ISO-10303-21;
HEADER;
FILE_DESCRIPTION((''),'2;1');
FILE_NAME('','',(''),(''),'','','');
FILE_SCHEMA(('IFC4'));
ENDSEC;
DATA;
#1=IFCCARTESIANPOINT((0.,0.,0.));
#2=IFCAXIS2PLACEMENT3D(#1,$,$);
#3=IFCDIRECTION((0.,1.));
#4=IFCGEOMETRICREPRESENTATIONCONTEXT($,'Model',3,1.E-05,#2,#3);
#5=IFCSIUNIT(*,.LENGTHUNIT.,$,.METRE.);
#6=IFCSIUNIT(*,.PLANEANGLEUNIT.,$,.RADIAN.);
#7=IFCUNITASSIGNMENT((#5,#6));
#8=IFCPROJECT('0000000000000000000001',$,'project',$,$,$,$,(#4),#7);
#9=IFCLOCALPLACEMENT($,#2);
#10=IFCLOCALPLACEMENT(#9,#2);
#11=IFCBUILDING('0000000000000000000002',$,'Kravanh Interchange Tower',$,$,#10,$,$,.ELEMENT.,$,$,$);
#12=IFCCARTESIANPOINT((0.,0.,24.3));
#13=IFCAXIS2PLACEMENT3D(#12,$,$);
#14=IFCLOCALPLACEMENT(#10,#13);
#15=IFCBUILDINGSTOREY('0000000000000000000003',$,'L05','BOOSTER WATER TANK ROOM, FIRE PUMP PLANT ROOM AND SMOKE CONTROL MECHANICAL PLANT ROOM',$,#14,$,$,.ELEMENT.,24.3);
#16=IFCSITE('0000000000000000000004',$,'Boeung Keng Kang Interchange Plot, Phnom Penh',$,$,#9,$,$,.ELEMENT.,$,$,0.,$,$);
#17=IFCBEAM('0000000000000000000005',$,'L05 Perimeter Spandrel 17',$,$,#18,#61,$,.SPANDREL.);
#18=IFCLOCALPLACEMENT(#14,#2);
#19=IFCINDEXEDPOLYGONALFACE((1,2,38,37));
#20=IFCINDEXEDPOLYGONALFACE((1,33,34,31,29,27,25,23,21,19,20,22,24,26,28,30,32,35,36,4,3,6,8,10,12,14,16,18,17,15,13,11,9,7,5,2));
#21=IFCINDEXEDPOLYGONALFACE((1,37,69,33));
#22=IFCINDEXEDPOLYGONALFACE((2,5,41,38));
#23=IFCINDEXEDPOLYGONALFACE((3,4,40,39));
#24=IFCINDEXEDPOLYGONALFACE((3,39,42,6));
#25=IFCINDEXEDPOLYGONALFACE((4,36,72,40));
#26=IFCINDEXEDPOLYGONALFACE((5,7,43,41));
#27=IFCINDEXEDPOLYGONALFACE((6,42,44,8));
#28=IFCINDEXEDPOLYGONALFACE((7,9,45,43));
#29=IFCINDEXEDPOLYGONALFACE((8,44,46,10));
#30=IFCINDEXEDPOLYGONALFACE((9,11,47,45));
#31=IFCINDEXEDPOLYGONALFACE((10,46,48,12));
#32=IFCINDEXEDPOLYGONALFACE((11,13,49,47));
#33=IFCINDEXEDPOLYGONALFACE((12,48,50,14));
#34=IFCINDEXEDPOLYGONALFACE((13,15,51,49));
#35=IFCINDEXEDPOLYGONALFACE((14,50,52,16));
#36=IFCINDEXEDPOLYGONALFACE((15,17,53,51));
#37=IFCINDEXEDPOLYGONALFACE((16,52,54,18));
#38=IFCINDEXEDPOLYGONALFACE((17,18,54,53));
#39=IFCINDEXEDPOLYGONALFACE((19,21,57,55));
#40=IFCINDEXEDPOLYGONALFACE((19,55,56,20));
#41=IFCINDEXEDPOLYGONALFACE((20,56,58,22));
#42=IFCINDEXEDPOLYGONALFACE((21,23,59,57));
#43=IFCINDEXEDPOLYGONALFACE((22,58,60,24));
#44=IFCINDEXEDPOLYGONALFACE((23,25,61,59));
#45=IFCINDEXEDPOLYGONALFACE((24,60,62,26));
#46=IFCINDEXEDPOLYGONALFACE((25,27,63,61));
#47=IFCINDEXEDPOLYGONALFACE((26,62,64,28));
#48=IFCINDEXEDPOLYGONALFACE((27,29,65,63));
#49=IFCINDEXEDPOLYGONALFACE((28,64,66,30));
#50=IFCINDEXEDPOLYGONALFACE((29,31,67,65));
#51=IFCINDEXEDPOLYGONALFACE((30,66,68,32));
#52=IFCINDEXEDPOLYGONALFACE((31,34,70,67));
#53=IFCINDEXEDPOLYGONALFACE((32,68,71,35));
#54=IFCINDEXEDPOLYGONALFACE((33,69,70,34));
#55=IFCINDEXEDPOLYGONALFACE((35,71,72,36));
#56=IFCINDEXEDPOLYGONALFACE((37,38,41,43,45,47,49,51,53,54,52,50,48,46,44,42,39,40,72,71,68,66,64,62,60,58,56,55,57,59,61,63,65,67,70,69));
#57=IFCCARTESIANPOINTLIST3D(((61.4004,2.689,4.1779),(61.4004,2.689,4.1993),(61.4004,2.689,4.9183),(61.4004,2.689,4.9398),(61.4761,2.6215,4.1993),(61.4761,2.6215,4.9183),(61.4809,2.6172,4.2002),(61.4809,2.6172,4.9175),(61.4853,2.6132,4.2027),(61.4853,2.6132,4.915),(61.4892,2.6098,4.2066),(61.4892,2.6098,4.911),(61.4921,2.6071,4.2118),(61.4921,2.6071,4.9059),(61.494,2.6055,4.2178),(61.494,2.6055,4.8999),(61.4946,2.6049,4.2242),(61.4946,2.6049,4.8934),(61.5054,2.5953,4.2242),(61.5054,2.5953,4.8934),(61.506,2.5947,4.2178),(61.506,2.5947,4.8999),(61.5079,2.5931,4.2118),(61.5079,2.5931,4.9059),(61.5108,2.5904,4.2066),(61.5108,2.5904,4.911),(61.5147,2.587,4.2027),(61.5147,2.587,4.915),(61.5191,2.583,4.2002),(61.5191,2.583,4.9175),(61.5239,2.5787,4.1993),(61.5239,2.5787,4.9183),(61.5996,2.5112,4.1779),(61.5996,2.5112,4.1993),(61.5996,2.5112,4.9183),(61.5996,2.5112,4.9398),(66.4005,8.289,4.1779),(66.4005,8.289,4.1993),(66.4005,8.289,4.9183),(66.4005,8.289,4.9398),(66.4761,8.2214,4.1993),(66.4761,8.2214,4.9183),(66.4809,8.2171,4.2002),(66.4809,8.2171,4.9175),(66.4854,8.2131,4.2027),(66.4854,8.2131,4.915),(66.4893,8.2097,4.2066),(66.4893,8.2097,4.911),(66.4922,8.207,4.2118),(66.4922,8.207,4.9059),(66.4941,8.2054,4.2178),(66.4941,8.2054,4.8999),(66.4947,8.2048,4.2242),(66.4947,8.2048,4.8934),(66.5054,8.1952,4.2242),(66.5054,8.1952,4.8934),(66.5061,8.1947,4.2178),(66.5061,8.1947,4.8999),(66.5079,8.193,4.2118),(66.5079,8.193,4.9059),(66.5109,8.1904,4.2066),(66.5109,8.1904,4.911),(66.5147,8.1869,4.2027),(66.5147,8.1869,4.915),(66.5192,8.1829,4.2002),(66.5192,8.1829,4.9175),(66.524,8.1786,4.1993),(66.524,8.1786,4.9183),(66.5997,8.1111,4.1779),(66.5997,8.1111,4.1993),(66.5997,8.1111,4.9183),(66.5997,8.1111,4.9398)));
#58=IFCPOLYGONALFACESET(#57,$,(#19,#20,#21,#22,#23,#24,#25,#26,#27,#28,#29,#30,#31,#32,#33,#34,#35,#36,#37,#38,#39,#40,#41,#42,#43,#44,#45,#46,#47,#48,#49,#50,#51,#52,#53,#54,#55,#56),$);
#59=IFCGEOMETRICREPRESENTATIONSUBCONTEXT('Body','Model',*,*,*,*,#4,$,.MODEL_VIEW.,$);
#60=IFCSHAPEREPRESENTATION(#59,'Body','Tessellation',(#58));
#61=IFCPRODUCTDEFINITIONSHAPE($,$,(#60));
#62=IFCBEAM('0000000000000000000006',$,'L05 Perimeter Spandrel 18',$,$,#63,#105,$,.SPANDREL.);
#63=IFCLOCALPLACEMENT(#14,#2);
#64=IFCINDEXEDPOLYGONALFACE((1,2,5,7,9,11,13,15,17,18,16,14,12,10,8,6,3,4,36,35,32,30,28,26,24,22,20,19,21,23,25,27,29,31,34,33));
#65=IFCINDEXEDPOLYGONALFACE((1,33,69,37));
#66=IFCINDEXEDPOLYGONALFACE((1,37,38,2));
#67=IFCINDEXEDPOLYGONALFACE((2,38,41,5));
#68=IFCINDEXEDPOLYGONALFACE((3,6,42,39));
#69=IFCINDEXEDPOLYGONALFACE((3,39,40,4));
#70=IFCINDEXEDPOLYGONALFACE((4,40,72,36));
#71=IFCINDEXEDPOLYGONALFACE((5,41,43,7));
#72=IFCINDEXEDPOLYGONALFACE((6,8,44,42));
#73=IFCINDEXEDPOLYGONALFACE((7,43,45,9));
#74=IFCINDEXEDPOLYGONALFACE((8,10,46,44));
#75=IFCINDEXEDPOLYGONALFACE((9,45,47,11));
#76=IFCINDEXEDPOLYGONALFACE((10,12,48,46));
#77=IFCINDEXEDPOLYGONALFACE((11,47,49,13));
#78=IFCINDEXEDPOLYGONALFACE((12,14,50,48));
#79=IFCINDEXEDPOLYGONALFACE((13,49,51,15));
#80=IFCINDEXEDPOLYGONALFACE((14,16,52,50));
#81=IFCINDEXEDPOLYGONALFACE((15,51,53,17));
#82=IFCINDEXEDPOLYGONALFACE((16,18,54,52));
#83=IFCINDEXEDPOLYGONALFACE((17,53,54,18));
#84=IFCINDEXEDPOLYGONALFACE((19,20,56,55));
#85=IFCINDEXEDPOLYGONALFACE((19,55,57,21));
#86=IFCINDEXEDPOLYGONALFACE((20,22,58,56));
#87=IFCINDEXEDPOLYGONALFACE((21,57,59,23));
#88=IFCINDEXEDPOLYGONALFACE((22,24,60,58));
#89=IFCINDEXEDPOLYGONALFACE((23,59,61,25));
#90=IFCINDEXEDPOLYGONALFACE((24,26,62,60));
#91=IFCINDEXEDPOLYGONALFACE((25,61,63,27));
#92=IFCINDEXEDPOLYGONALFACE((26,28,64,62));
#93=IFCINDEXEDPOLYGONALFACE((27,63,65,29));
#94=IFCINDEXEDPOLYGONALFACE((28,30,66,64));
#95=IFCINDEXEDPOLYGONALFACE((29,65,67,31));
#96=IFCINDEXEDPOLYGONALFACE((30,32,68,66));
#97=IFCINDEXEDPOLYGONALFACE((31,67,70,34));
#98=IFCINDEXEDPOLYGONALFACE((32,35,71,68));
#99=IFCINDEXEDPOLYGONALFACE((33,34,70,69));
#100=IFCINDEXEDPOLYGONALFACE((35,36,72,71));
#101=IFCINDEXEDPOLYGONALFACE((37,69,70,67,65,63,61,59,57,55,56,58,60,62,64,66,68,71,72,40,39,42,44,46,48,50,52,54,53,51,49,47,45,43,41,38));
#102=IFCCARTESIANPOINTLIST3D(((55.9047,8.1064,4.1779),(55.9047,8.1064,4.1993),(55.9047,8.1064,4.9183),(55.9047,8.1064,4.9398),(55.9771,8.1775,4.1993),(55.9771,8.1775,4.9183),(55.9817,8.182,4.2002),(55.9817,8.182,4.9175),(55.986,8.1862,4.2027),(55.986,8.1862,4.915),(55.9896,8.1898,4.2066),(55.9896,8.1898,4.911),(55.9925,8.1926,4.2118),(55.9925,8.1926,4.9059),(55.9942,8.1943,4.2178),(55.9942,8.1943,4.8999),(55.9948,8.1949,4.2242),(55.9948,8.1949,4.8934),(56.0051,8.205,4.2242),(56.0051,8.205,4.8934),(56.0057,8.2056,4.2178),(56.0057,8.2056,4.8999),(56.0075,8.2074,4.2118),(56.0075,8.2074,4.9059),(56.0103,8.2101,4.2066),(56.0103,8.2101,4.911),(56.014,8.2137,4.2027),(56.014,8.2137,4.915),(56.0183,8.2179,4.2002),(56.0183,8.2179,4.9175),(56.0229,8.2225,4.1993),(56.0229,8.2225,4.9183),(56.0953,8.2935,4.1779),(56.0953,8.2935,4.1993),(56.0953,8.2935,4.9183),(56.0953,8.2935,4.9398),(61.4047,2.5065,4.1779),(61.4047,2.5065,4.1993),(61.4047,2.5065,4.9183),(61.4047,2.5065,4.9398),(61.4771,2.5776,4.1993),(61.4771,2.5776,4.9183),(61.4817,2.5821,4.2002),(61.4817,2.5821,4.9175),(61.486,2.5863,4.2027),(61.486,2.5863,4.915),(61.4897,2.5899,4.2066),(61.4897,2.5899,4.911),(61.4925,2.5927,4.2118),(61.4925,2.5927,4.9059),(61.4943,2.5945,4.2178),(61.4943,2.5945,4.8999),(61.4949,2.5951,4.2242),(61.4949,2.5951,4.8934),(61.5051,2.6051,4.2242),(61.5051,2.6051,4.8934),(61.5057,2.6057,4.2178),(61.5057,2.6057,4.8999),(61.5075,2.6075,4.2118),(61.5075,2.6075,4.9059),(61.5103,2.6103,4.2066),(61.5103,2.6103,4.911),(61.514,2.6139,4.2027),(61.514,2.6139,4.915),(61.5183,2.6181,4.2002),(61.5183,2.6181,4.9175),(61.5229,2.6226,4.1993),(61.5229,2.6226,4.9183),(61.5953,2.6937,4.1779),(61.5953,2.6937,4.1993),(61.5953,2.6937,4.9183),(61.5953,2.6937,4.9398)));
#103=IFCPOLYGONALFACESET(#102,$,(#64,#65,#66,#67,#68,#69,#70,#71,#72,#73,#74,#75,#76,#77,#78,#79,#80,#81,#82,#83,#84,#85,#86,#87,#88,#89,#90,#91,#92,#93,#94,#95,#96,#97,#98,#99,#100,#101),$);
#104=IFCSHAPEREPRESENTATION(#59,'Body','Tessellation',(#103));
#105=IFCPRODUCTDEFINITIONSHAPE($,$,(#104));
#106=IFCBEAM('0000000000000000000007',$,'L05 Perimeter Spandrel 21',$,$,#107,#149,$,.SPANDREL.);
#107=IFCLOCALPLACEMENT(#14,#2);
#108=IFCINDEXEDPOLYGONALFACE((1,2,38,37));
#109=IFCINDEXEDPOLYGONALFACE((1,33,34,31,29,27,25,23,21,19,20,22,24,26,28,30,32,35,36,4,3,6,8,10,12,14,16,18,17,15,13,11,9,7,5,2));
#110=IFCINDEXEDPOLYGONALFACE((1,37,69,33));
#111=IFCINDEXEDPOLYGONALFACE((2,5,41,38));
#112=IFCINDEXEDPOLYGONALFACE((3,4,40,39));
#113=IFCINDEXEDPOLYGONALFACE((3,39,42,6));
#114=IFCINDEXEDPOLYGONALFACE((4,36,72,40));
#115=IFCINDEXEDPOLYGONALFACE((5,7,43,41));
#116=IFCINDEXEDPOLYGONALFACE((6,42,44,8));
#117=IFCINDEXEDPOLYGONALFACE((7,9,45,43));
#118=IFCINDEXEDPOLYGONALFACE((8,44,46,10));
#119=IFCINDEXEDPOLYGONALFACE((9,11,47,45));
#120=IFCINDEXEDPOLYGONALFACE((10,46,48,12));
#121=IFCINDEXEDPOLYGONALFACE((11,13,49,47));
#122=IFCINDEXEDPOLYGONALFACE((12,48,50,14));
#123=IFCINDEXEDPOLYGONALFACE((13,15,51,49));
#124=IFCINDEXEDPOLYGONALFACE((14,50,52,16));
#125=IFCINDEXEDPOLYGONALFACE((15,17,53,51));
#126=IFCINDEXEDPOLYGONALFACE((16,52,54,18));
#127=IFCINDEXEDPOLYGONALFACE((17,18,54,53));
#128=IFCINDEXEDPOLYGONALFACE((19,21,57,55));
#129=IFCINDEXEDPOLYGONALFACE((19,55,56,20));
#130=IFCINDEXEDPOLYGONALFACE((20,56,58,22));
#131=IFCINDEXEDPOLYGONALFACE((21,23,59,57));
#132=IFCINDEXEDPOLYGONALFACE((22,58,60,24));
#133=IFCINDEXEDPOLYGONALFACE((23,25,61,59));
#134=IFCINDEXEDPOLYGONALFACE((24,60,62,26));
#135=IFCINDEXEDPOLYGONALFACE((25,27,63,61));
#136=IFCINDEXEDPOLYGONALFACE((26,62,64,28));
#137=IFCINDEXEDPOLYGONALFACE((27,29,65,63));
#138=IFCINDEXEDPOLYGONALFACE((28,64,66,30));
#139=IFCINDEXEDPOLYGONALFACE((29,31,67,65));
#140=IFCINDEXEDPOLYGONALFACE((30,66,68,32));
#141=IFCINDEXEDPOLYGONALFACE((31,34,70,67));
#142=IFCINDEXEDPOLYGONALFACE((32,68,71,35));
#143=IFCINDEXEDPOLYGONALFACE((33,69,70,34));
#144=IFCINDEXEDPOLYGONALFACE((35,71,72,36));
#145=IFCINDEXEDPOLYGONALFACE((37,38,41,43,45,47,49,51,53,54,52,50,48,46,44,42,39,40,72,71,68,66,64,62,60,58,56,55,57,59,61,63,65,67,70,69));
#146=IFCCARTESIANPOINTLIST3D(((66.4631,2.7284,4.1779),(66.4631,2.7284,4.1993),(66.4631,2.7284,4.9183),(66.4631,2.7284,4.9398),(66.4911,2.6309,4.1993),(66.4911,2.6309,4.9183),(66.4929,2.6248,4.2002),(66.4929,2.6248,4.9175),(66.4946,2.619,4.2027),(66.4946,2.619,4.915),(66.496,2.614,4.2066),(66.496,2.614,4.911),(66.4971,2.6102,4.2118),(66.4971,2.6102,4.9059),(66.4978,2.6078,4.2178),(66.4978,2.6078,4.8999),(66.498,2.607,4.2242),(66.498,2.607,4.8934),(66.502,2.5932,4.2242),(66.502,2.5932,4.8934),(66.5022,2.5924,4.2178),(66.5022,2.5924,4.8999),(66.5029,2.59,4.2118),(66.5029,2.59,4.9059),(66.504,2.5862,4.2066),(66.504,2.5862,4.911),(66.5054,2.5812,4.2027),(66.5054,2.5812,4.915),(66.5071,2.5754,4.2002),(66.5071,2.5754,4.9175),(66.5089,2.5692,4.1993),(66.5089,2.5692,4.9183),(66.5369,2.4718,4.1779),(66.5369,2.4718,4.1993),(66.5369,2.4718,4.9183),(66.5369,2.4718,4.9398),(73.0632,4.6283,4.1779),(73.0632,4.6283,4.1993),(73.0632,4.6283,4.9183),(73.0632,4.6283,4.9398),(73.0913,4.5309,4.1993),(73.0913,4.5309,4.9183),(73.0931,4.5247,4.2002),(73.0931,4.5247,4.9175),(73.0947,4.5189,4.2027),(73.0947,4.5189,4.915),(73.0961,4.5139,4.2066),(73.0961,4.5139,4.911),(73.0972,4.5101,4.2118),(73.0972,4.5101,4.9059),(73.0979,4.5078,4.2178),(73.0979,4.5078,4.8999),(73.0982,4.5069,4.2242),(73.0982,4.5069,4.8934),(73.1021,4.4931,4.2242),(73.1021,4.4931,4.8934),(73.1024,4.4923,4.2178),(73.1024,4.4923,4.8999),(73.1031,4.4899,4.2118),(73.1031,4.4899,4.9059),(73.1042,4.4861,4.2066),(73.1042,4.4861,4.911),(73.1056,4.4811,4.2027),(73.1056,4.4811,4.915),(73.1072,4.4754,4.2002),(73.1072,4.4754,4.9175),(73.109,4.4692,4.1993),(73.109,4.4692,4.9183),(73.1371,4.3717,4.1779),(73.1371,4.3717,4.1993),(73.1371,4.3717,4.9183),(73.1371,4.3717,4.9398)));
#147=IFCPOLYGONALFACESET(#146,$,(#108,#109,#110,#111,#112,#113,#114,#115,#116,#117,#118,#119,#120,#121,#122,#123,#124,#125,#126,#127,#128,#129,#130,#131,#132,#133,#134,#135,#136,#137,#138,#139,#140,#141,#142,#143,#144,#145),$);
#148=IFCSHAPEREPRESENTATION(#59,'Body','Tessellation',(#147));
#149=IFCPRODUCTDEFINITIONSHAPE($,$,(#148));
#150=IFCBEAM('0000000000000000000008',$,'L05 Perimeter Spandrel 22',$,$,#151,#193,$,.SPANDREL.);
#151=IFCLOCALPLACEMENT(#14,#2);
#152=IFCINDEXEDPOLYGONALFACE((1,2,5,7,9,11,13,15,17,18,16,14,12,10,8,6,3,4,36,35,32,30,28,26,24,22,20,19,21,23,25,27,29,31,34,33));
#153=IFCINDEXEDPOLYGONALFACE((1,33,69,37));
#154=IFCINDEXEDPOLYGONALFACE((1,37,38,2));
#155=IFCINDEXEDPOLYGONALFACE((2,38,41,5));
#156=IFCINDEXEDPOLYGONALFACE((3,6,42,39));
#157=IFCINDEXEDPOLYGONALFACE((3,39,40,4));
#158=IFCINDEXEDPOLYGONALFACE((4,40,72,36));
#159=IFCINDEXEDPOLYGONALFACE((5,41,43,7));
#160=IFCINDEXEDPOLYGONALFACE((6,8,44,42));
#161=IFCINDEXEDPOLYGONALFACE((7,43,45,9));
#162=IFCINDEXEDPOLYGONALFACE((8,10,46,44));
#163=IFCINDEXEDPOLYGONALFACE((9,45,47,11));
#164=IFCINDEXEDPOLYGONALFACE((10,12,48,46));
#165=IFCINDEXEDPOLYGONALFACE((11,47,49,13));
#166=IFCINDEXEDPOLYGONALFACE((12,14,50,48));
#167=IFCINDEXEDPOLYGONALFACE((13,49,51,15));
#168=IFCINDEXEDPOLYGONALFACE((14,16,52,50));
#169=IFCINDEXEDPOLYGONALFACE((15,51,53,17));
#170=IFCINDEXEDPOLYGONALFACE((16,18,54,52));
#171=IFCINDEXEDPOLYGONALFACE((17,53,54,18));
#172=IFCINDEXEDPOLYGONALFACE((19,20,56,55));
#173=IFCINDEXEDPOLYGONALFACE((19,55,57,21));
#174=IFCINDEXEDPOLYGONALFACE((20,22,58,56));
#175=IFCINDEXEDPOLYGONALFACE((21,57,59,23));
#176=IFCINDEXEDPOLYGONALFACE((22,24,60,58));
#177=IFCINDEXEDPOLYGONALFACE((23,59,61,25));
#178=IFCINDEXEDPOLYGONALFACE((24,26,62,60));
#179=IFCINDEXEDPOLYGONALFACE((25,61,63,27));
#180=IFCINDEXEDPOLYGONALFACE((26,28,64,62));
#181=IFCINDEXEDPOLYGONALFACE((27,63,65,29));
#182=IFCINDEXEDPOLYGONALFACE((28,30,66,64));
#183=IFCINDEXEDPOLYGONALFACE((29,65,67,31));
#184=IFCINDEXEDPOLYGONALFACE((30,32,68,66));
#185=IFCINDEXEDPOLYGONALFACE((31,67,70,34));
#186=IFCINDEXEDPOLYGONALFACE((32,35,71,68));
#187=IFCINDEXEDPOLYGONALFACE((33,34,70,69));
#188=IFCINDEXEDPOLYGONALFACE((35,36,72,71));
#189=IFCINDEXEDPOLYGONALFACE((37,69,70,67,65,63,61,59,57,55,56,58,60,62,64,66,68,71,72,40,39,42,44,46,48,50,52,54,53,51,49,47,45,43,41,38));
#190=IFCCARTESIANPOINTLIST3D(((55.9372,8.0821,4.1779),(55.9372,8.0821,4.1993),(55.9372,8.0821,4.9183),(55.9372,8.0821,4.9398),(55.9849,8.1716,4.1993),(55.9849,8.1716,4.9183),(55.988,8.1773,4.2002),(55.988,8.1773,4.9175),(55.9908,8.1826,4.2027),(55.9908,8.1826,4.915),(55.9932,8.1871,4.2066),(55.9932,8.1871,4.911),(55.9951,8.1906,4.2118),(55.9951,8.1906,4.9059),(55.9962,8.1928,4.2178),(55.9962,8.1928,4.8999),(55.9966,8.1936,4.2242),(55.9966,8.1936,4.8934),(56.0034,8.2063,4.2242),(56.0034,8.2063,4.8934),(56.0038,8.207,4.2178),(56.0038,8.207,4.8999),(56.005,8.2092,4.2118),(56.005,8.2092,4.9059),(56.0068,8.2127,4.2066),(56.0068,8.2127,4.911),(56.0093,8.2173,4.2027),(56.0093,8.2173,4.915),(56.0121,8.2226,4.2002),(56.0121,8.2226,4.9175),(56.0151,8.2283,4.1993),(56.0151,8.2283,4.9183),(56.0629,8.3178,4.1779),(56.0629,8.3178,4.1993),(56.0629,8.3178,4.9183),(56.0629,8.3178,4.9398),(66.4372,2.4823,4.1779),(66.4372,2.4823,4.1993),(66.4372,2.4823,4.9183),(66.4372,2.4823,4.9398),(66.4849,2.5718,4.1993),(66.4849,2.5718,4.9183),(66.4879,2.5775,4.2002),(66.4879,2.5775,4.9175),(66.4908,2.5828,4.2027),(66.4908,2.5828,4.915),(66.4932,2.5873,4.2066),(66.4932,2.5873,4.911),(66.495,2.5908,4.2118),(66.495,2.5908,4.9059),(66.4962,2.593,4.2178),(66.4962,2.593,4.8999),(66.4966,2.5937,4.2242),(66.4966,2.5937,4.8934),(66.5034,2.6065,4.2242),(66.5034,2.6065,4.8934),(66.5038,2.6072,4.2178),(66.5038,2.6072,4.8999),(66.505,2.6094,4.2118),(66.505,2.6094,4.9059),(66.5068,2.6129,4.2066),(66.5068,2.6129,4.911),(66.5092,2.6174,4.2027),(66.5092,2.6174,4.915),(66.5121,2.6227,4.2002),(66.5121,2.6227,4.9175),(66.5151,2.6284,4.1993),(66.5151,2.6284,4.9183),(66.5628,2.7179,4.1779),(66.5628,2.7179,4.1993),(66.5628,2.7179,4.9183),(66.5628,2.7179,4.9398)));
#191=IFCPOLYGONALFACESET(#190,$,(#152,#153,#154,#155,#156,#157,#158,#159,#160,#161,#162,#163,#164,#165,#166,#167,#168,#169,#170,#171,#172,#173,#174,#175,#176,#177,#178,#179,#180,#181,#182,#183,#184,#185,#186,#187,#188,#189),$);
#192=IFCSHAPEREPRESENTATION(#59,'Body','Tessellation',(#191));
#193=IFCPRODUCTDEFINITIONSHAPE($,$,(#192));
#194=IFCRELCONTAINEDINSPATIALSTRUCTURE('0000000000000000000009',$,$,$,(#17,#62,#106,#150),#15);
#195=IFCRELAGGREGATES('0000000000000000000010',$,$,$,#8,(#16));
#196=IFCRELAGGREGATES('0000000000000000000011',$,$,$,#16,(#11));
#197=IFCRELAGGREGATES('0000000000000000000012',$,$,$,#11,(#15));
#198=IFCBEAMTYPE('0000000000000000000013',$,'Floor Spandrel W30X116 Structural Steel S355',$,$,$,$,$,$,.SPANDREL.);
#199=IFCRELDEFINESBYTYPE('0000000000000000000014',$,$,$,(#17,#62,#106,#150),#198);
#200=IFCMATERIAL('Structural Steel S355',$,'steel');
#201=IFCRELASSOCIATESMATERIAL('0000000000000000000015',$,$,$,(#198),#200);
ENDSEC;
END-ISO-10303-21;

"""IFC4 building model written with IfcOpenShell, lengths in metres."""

from ifc_helpers import new_model, si_unit, direction, frame, origin, origin_2d, place, context, subcontext, project, spatial, i_section, extrude, material, material_profile, profile_set, type_object, element, save


model = new_model("IFC4")

# Units and contexts
model_context = context("Model", 3, precision=1e-05, world=origin(), true_north=direction((0.0, 1.0)))
body_context = subcontext(model_context, "Body", "Model", "MODEL_VIEW")
ifc_project = project(units=[si_unit("LENGTHUNIT", "METRE"), si_unit("PLANEANGLEUNIT", "RADIAN")], contexts=[model_context])

# Site, building, storey
site_placement = place(None, origin())
site = spatial("IfcSite", under=ifc_project, at=site_placement, Name="Boeung Keng Kang Interchange Plot, Phnom Penh", CompositionType="ELEMENT", RefElevation=0.0)
building_placement = place(site_placement, origin())
building = spatial("IfcBuilding", under=site, at=building_placement, Name="Kravanh Interchange Tower", CompositionType="ELEMENT")
storey_placement = place(building_placement, frame((0.0, 0.0, 24.3)))
storey = spatial("IfcBuildingStorey", under=building, at=storey_placement, Name="L05", Description="BOOSTER WATER TANK ROOM, FIRE PUMP PLANT ROOM AND SMOKE CONTROL MECHANICAL PLANT ROOM", CompositionType="ELEMENT", Elevation=24.3)

# Beams
ifc_material_1 = material(Name="Structural Steel S355", Category="steel")
ifc_material_profile_1 = material_profile(ifc_material_1, i_section(OverallWidth=0.2671, OverallDepth=0.762, WebThickness=0.0144, FlangeThickness=0.0215, FilletRadius=0.0249, at=origin_2d()), Name="W30X116")
ifc_profile_set_1 = profile_set([ifc_material_profile_1], Name="Structural Steel S355")
beam_type_1 = type_object("IfcBeamType", Name="Floor Spandrel W30X116 Structural Steel S355", PredefinedType="SPANDREL", material=ifc_profile_set_1)
beam_1_placement = place(storey_placement, frame((61.5, 2.6001, 4.5588), z_axis=(0.666025, 0.745929, 0.0), x_axis=(-0.745929, 0.666025, 0.0)))
element("IfcBeam", 1, at=beam_1_placement, inside=storey, type_object=beam_type_1, Name="L05 Perimeter Spandrel 17", PredefinedType="SPANDREL", context=body_context, shape_type="SweptSolid", body=[
    extrude(i_section(OverallWidth=0.2671, OverallDepth=0.762, WebThickness=0.0144, FlangeThickness=0.0215, FilletRadius=0.0249, at=origin_2d()), origin(), (0.0, 0.0, 1.0), 7.5073),
])
beam_2_placement = place(storey_placement, frame((61.5, 2.6001, 4.5588), z_axis=(-0.700717, 0.713439, 0.0), x_axis=(-0.713439, -0.700717, 0.0)))
element("IfcBeam", 2, at=beam_2_placement, inside=storey, type_object=beam_type_1, Name="L05 Perimeter Spandrel 18", PredefinedType="SPANDREL", context=body_context, shape_type="SweptSolid", body=[
    extrude(i_section(OverallWidth=0.2671, OverallDepth=0.762, WebThickness=0.0144, FlangeThickness=0.0215, FilletRadius=0.0249, at=origin_2d()), origin(), (0.0, 0.0, 1.0), 7.8491),
])
beam_3_placement = place(storey_placement, frame((66.5, 2.6001, 4.5588), z_axis=(0.960977, 0.276627, 0.0), x_axis=(-0.276627, 0.960977, 0.0)))
element("IfcBeam", 3, at=beam_3_placement, inside=storey, type_object=beam_type_1, Name="L05 Perimeter Spandrel 21", PredefinedType="SPANDREL", context=body_context, shape_type="SweptSolid", body=[
    extrude(i_section(OverallWidth=0.2671, OverallDepth=0.762, WebThickness=0.0144, FlangeThickness=0.0215, FilletRadius=0.0249, at=origin_2d()), origin(), (0.0, 0.0, 1.0), 6.8682),
])
beam_4_placement = place(storey_placement, frame((66.5, 2.6001, 4.5588), z_axis=(-0.882358, 0.470579, 0.0), x_axis=(-0.470579, -0.882358, 0.0)))
element("IfcBeam", 4, at=beam_4_placement, inside=storey, type_object=beam_type_1, Name="L05 Perimeter Spandrel 22", PredefinedType="SPANDREL", context=body_context, shape_type="SweptSolid", body=[
    extrude(i_section(OverallWidth=0.2671, OverallDepth=0.762, WebThickness=0.0144, FlangeThickness=0.0215, FilletRadius=0.0249, at=origin_2d()), origin(), (0.0, 0.0, 1.0), 11.8999),
])

save(model, "model.ifc")
